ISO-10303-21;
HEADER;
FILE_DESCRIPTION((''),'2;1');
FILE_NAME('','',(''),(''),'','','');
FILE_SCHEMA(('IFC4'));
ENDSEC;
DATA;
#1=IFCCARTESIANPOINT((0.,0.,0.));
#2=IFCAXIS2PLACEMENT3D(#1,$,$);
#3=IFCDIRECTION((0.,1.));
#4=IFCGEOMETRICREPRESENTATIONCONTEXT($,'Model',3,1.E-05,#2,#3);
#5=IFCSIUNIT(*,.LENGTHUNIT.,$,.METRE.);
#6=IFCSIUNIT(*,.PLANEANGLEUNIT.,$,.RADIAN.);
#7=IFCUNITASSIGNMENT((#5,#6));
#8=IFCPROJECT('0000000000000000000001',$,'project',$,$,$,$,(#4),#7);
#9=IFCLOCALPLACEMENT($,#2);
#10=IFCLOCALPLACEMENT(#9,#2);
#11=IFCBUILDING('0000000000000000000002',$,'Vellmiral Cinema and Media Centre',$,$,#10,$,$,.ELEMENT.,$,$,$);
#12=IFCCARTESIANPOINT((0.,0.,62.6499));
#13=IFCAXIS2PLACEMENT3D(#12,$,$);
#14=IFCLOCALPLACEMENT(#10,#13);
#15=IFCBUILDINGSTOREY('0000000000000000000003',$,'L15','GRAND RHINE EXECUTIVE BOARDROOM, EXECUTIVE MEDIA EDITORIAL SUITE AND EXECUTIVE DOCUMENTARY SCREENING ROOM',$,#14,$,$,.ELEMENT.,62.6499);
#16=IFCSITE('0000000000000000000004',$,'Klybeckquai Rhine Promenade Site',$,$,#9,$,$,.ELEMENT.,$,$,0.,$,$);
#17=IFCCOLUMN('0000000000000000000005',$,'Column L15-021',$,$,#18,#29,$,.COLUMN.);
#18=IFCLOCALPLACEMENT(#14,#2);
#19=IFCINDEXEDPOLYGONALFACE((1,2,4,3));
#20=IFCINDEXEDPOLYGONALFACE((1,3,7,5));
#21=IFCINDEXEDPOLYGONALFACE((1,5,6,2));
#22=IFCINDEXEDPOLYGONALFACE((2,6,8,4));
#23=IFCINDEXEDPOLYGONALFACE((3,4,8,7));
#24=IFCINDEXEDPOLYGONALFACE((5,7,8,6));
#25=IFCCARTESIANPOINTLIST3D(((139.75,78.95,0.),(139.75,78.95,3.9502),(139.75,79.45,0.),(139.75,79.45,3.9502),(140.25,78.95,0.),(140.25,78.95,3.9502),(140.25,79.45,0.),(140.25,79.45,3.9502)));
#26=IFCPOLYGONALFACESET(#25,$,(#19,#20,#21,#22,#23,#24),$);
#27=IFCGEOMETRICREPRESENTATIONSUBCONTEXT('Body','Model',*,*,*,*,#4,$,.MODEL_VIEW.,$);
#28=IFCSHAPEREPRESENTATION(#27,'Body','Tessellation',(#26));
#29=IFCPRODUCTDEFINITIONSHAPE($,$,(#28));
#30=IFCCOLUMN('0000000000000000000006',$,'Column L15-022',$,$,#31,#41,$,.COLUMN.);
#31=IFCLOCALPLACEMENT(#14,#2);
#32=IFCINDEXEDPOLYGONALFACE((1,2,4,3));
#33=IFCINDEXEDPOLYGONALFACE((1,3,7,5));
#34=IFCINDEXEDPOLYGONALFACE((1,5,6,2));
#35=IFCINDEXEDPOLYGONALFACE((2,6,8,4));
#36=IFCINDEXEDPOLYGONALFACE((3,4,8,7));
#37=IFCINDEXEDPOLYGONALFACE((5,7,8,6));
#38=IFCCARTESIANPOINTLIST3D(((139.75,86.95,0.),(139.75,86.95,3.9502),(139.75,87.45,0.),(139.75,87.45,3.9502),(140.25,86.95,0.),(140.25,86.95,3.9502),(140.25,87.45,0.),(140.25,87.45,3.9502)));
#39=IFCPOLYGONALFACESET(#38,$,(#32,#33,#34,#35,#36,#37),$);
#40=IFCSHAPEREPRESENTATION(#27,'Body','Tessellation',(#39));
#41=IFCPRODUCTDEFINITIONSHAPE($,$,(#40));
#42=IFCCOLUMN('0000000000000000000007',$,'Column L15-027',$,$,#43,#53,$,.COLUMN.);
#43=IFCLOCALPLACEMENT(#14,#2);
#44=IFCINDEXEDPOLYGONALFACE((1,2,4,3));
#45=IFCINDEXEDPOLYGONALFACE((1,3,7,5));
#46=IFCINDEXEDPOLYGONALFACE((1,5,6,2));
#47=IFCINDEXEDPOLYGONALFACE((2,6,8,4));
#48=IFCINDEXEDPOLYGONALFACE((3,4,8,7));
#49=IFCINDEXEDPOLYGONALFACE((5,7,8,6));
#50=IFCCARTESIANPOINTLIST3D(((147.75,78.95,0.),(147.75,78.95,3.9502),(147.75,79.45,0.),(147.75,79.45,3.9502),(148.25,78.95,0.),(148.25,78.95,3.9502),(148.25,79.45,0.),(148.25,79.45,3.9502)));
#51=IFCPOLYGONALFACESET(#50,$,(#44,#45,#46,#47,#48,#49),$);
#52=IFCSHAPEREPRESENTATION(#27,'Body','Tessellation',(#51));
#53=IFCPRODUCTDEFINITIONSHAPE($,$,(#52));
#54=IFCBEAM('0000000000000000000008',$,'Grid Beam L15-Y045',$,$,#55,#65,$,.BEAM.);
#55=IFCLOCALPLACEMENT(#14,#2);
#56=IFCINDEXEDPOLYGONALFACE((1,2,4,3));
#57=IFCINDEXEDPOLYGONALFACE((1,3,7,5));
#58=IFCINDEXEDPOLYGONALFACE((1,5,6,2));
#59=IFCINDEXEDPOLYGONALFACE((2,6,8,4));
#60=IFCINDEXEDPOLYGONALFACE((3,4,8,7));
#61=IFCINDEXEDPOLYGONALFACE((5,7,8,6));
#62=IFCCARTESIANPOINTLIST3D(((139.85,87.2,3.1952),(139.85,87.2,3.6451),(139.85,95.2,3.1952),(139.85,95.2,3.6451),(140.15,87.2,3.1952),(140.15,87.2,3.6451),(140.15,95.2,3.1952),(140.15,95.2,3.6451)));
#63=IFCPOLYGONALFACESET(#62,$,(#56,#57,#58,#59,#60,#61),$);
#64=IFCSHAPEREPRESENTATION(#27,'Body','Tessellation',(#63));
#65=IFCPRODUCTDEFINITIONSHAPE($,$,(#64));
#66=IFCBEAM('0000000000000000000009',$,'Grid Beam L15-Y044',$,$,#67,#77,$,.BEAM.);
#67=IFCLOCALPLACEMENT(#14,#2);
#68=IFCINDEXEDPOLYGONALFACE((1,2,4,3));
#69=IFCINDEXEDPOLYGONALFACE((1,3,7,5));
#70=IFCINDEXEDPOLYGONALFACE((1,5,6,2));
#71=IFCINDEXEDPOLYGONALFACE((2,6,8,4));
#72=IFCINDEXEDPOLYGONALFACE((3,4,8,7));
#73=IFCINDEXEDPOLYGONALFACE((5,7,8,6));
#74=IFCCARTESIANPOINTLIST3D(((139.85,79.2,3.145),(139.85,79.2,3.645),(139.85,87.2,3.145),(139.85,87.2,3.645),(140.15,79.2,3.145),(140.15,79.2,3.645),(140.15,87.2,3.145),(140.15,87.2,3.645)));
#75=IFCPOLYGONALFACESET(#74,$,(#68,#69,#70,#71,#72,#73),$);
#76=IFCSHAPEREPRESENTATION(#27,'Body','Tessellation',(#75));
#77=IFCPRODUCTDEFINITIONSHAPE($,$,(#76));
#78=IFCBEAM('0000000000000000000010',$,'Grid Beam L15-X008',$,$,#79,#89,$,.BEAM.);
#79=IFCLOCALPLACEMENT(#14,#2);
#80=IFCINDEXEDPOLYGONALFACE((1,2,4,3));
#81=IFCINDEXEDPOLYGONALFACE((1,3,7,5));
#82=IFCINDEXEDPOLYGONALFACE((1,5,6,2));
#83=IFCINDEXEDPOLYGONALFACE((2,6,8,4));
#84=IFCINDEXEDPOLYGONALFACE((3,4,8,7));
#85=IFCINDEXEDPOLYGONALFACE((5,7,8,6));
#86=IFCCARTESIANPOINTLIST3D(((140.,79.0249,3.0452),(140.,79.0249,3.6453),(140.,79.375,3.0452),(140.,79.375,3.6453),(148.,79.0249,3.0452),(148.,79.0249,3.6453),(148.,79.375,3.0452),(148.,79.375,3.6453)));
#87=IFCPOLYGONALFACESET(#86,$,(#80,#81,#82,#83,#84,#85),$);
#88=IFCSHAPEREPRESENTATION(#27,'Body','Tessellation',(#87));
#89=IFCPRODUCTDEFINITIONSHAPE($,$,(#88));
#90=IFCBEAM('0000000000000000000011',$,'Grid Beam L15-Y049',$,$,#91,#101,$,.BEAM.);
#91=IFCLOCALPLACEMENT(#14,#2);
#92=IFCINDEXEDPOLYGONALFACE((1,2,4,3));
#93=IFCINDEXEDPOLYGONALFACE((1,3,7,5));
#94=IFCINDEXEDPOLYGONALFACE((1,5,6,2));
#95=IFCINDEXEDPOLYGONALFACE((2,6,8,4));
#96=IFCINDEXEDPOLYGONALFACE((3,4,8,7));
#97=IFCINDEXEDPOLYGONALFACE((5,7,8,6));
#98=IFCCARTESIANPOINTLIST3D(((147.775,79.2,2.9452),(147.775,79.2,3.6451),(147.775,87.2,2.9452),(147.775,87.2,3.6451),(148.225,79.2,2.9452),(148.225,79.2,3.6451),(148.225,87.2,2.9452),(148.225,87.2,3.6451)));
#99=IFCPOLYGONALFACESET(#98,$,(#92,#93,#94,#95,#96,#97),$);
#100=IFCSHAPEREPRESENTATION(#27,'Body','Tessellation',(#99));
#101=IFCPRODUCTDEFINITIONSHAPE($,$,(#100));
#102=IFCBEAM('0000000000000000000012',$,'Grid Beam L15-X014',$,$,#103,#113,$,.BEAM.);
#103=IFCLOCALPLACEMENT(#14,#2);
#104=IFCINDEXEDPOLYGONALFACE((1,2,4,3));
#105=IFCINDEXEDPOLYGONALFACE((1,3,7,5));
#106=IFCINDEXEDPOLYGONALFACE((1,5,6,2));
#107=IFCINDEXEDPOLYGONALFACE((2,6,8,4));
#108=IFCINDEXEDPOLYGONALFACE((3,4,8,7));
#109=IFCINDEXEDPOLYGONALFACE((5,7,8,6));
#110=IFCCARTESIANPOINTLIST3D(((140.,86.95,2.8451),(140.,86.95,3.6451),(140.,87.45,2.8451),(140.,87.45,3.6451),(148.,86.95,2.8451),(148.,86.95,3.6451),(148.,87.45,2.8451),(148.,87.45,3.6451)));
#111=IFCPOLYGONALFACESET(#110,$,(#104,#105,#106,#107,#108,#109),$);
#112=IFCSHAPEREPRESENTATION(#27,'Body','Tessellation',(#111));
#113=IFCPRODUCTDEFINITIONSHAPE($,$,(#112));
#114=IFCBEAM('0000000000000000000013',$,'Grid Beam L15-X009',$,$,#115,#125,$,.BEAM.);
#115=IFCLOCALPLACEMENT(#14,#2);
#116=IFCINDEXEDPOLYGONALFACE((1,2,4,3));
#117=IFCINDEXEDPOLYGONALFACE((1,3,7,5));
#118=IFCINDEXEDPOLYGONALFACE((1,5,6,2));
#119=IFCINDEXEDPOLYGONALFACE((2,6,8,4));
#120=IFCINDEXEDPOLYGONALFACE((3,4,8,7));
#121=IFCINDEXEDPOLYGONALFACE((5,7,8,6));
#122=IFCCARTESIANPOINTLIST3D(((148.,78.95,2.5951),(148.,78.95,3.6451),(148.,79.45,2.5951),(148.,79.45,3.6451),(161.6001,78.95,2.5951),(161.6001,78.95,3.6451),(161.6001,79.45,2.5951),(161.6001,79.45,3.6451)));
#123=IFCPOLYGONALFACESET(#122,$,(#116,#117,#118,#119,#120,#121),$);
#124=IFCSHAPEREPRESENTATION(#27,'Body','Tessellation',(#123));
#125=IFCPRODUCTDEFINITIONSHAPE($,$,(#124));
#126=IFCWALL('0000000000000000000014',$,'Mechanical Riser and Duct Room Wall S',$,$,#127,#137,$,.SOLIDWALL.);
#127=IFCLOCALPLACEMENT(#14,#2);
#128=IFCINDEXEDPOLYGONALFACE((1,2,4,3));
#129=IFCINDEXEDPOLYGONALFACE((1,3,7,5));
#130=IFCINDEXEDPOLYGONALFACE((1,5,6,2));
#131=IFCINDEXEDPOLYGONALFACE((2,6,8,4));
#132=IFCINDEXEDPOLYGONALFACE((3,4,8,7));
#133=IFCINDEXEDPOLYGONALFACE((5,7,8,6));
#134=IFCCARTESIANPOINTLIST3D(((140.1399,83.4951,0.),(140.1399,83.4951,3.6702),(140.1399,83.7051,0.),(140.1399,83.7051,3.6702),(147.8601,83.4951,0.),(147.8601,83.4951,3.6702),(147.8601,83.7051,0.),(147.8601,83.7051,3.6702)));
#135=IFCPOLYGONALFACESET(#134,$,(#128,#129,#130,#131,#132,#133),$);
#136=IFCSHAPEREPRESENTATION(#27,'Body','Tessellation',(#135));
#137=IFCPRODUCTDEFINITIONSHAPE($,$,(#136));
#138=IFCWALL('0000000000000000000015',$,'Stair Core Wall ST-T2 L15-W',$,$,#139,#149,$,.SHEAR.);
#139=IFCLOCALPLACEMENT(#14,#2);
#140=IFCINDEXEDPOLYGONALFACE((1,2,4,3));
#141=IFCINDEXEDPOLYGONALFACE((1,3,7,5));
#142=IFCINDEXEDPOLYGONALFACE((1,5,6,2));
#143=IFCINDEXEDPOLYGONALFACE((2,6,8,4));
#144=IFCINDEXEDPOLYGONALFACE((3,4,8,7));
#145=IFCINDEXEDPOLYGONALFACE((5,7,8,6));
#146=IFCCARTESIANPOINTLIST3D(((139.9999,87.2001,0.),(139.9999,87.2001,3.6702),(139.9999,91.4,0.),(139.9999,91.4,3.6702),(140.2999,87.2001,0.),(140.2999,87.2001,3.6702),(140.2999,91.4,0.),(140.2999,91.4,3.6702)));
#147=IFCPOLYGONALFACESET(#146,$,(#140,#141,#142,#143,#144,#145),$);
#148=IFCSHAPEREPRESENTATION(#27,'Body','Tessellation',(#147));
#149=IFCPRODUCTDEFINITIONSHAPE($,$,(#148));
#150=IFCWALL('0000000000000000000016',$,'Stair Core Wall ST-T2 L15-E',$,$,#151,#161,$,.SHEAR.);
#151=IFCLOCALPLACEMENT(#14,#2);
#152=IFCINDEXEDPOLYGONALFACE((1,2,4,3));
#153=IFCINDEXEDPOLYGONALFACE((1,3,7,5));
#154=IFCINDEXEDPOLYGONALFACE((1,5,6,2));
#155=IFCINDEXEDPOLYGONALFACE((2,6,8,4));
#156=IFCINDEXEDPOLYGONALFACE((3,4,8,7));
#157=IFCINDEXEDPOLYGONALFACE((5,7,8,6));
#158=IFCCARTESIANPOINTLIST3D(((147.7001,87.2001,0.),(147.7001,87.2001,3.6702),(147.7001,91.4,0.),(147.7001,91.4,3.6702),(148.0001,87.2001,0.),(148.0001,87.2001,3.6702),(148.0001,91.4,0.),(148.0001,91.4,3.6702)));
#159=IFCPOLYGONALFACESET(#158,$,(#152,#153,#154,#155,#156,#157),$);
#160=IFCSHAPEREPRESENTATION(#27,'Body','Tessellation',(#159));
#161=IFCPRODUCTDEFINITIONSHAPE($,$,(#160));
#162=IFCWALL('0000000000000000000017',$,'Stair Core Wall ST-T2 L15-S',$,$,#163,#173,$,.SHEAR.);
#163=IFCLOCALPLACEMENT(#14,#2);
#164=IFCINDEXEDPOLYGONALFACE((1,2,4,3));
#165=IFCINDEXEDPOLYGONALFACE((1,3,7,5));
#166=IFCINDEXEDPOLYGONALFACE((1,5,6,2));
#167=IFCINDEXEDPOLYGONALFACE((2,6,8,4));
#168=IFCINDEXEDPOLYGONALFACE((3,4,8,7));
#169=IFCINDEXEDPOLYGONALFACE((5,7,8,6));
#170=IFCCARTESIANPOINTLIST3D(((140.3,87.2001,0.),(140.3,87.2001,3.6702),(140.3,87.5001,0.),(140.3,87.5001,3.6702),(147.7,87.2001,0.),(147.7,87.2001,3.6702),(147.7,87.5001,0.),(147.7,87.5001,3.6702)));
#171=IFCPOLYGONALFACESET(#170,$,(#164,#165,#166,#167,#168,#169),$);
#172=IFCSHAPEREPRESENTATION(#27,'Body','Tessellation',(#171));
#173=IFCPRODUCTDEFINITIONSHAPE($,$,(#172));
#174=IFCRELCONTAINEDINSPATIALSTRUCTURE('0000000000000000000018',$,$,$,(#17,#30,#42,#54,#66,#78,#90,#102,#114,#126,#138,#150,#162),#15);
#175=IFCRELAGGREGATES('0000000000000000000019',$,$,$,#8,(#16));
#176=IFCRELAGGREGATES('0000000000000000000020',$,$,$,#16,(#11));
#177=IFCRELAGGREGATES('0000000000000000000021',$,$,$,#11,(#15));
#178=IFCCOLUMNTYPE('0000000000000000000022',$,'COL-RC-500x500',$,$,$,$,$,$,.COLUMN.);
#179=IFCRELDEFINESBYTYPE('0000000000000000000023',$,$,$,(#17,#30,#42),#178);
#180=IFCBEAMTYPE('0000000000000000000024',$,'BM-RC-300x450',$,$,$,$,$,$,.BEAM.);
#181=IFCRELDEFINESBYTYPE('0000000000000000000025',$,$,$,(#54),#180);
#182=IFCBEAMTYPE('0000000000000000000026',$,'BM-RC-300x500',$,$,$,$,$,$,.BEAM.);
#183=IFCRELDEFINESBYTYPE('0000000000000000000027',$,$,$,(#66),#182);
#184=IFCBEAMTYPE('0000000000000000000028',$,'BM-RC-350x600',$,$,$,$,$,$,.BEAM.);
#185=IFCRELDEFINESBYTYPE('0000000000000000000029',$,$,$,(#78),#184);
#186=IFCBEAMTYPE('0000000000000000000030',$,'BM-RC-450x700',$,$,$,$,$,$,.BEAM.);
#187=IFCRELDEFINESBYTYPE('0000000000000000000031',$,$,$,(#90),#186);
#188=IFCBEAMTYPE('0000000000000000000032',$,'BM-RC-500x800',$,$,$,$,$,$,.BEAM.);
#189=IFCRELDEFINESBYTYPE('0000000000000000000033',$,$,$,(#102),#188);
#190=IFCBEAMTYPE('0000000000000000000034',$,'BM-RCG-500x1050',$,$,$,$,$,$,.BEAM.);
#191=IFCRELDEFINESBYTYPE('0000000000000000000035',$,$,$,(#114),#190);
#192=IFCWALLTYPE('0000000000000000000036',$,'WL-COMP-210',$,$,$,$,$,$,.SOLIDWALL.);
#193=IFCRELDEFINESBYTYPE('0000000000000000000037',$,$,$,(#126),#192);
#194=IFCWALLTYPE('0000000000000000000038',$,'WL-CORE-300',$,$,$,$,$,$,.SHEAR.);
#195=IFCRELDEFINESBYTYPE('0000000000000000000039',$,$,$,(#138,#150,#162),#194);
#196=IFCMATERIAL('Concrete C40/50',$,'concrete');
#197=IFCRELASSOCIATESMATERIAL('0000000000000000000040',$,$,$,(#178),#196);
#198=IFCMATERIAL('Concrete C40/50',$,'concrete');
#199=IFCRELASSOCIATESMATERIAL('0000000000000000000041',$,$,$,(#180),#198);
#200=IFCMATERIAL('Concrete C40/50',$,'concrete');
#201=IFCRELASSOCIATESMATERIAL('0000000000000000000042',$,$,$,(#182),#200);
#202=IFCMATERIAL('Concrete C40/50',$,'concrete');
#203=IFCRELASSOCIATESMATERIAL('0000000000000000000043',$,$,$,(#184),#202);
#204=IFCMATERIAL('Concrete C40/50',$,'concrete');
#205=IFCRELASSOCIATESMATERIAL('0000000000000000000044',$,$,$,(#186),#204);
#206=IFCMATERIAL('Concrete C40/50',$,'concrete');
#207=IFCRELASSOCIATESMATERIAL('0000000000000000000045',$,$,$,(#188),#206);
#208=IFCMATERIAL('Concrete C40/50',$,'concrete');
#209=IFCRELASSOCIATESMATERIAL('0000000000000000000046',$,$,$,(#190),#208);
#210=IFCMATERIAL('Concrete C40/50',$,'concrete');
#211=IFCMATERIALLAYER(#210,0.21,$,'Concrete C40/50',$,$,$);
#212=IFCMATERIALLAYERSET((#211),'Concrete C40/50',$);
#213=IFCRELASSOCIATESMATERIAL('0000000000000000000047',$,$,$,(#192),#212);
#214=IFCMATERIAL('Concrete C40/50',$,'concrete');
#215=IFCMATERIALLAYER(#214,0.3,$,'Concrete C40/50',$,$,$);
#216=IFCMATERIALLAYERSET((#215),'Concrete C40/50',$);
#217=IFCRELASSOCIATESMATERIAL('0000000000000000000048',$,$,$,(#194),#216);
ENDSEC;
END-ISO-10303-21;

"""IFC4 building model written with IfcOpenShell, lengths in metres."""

from ifc_helpers import new_model, si_unit, direction, frame, frame_2d, origin, origin_2d, place, context, subcontext, project, spatial, rectangle, extrude, material, layer, layer_set, material_profile, profile_set, type_object, element, save


model = new_model("IFC4")

# Units and contexts
model_context = context("Model", 3, precision=1e-05, world=origin(), true_north=direction((0.0, 1.0)))
body_context = subcontext(model_context, "Body", "Model", "MODEL_VIEW")
ifc_project = project(units=[si_unit("LENGTHUNIT", "METRE"), si_unit("PLANEANGLEUNIT", "RADIAN")], contexts=[model_context])

# Site, building, storey
site_placement = place(None, origin())
site = spatial("IfcSite", under=ifc_project, at=site_placement, Name="Klybeckquai Rhine Promenade Site", CompositionType="ELEMENT", RefElevation=0.0)
building_placement = place(site_placement, origin())
building = spatial("IfcBuilding", under=site, at=building_placement, Name="Vellmiral Cinema and Media Centre", CompositionType="ELEMENT")
storey_placement = place(building_placement, frame((0.0, 0.0, 62.6499)))
storey = spatial("IfcBuildingStorey", under=building, at=storey_placement, Name="L15", Description="GRAND RHINE EXECUTIVE BOARDROOM, EXECUTIVE MEDIA EDITORIAL SUITE AND EXECUTIVE DOCUMENTARY SCREENING ROOM", CompositionType="ELEMENT", Elevation=62.6499)

# Columns
ifc_material_1 = material(Name="Concrete C40/50", Category="concrete")
ifc_material_profile_1 = material_profile(ifc_material_1, rectangle(XDim=0.5, YDim=0.5, at=origin_2d()), Name="RC 500x500")
ifc_profile_set_1 = profile_set([ifc_material_profile_1], Name="Concrete C40/50")
column_type = type_object("IfcColumnType", Name="COL-RC-500x500", PredefinedType="COLUMN", material=ifc_profile_set_1)
for number, where, z_axis, x_axis, name in (
    (1, (140.0, 79.2, 0.0), (0.0, 0.0, 1.0), (1.0, 0.0, 0.0), "Column L15-021"),
    (2, (140.0, 87.2, 0.0), (0.0, 0.0, 1.0), (1.0, 0.0, 0.0), "Column L15-022"),
    (3, (148.0, 79.2, 0.0), (0.0, 0.0, 1.0), (1.0, 0.0, 0.0), "Column L15-027"),
):
    element("IfcColumn", number, at=place(storey_placement, frame(where, z_axis=z_axis, x_axis=x_axis)), inside=storey, type_object=column_type, Name=name, PredefinedType="COLUMN", context=body_context, shape_type="SweptSolid", body=[
        extrude(rectangle(XDim=0.5, YDim=0.5, at=origin_2d()), origin(), (0.0, 0.0, 1.0), 3.9502),
    ])

# Beams
ifc_material_2 = material(Name="Concrete C40/50", Category="concrete")
ifc_material_profile_2 = material_profile(ifc_material_2, rectangle(XDim=0.3, YDim=0.45, at=origin_2d()), Name="RC 300x450")
ifc_profile_set_2 = profile_set([ifc_material_profile_2], Name="Concrete C40/50")
beam_type_1 = type_object("IfcBeamType", Name="BM-RC-300x450", PredefinedType="BEAM", material=ifc_profile_set_2)
beam_1_placement = place(storey_placement, frame((140.0, 87.2, 3.4202), z_axis=(0.0, 1.0, 0.0), x_axis=(-1.0, 0.0, 0.0)))
element("IfcBeam", 4, at=beam_1_placement, inside=storey, type_object=beam_type_1, Name="Grid Beam L15-Y045", PredefinedType="BEAM", context=body_context, shape_type="SweptSolid", body=[
    extrude(rectangle(XDim=0.3, YDim=0.45, at=origin_2d()), origin(), (0.0, 0.0, 1.0), 8.0),
])
ifc_material_3 = material(Name="Concrete C40/50", Category="concrete")
ifc_material_profile_3 = material_profile(ifc_material_3, rectangle(XDim=0.3, YDim=0.5, at=origin_2d()), Name="RC 300x500")
ifc_profile_set_3 = profile_set([ifc_material_profile_3], Name="Concrete C40/50")
beam_type_2 = type_object("IfcBeamType", Name="BM-RC-300x500", PredefinedType="BEAM", material=ifc_profile_set_3)
beam_2_placement = place(storey_placement, frame((140.0, 79.2, 3.395), z_axis=(0.0, 1.0, 0.0), x_axis=(-1.0, 0.0, 0.0)))
element("IfcBeam", 5, at=beam_2_placement, inside=storey, type_object=beam_type_2, Name="Grid Beam L15-Y044", PredefinedType="BEAM", context=body_context, shape_type="SweptSolid", body=[
    extrude(rectangle(XDim=0.3, YDim=0.5, at=origin_2d()), origin(), (0.0, 0.0, 1.0), 8.0),
])
ifc_material_4 = material(Name="Concrete C40/50", Category="concrete")
ifc_material_profile_4 = material_profile(ifc_material_4, rectangle(XDim=0.3501, YDim=0.6001, at=origin_2d()), Name="RC 350x600")
ifc_profile_set_4 = profile_set([ifc_material_profile_4], Name="Concrete C40/50")
beam_type_3 = type_object("IfcBeamType", Name="BM-RC-350x600", PredefinedType="BEAM", material=ifc_profile_set_4)
beam_3_placement = place(storey_placement, frame((140.0, 79.2, 3.3452), z_axis=(1.0, 0.0, 0.0), x_axis=(0.0, 1.0, 0.0)))
element("IfcBeam", 6, at=beam_3_placement, inside=storey, type_object=beam_type_3, Name="Grid Beam L15-X008", PredefinedType="BEAM", context=body_context, shape_type="SweptSolid", body=[
    extrude(rectangle(XDim=0.3501, YDim=0.6001, at=origin_2d()), origin(), (0.0, 0.0, 1.0), 8.0),
])
ifc_material_5 = material(Name="Concrete C40/50", Category="concrete")
ifc_material_profile_5 = material_profile(ifc_material_5, rectangle(XDim=0.45, YDim=0.7, at=origin_2d()), Name="RC 450x700")
ifc_profile_set_5 = profile_set([ifc_material_profile_5], Name="Concrete C40/50")
beam_type_4 = type_object("IfcBeamType", Name="BM-RC-450x700", PredefinedType="BEAM", material=ifc_profile_set_5)
beam_4_placement = place(storey_placement, frame((148.0, 79.2, 3.2952), z_axis=(0.0, 1.0, 0.0), x_axis=(-1.0, 0.0, 0.0)))
element("IfcBeam", 7, at=beam_4_placement, inside=storey, type_object=beam_type_4, Name="Grid Beam L15-Y049", PredefinedType="BEAM", context=body_context, shape_type="SweptSolid", body=[
    extrude(rectangle(XDim=0.45, YDim=0.7, at=origin_2d()), origin(), (0.0, 0.0, 1.0), 8.0),
])
ifc_material_6 = material(Name="Concrete C40/50", Category="concrete")
ifc_material_profile_6 = material_profile(ifc_material_6, rectangle(XDim=0.5, YDim=0.8, at=origin_2d()), Name="RC 500x800")
ifc_profile_set_6 = profile_set([ifc_material_profile_6], Name="Concrete C40/50")
beam_type_5 = type_object("IfcBeamType", Name="BM-RC-500x800", PredefinedType="BEAM", material=ifc_profile_set_6)
beam_5_placement = place(storey_placement, frame((140.0, 87.2, 3.2451), z_axis=(1.0, 0.0, 0.0), x_axis=(0.0, 1.0, 0.0)))
element("IfcBeam", 8, at=beam_5_placement, inside=storey, type_object=beam_type_5, Name="Grid Beam L15-X014", PredefinedType="BEAM", context=body_context, shape_type="SweptSolid", body=[
    extrude(rectangle(XDim=0.5, YDim=0.8, at=origin_2d()), origin(), (0.0, 0.0, 1.0), 8.0),
])
ifc_material_7 = material(Name="Concrete C40/50", Category="concrete")
ifc_material_profile_7 = material_profile(ifc_material_7, rectangle(XDim=0.5, YDim=1.05, at=origin_2d()), Name="RC 500x1050")
ifc_profile_set_7 = profile_set([ifc_material_profile_7], Name="Concrete C40/50")
beam_type_6 = type_object("IfcBeamType", Name="BM-RCG-500x1050", PredefinedType="BEAM", material=ifc_profile_set_7)
beam_6_placement = place(storey_placement, frame((148.0, 79.2, 3.1201), z_axis=(1.0, 0.0, 0.0), x_axis=(0.0, 1.0, 0.0)))
element("IfcBeam", 9, at=beam_6_placement, inside=storey, type_object=beam_type_6, Name="Grid Beam L15-X009", PredefinedType="BEAM", context=body_context, shape_type="SweptSolid", body=[
    extrude(rectangle(XDim=0.5, YDim=1.05, at=origin_2d()), origin(), (0.0, 0.0, 1.0), 13.6001),
])

# Walls
ifc_material_8 = material(Name="Concrete C40/50", Category="concrete")
ifc_layer_1 = layer(ifc_material_8, 0.21, Name="Concrete C40/50")
ifc_layer_set_1 = layer_set([ifc_layer_1], Name="Concrete C40/50")
wall_type_1 = type_object("IfcWallType", Name="WL-COMP-210", PredefinedType="SOLIDWALL", material=ifc_layer_set_1)
wall_1_placement = place(storey_placement, frame((140.1399, 83.6001, 0.0), z_axis=(0.0, 0.0, 1.0), x_axis=(1.0, 0.0, 0.0)))
element("IfcWall", 10, at=wall_1_placement, inside=storey, type_object=wall_type_1, Name="Mechanical Riser and Duct Room Wall S", PredefinedType="SOLIDWALL", context=body_context, shape_type="SweptSolid", body=[
    extrude(rectangle(XDim=7.7202, YDim=0.21, at=frame_2d((3.8601, 0.0))), origin(), (0.0, 0.0, 1.0), 3.6702),
])
ifc_material_9 = material(Name="Concrete C40/50", Category="concrete")
ifc_layer_2 = layer(ifc_material_9, 0.3, Name="Concrete C40/50")
ifc_layer_set_2 = layer_set([ifc_layer_2], Name="Concrete C40/50")
wall_type_2 = type_object("IfcWallType", Name="WL-CORE-300", PredefinedType="SHEAR", material=ifc_layer_set_2)
for number, where, z_axis, x_axis, name in (
    (11, (140.1499, 87.2, 0.0), (0.0, 0.0, 1.0), (0.0, 1.0, 0.0), "Stair Core Wall ST-T2 L15-W"),
    (12, (147.8501, 87.2, 0.0), (0.0, 0.0, 1.0), (0.0, 1.0, 0.0), "Stair Core Wall ST-T2 L15-E"),
):
    element("IfcWall", number, at=place(storey_placement, frame(where, z_axis=z_axis, x_axis=x_axis)), inside=storey, type_object=wall_type_2, Name=name, PredefinedType="SHEAR", context=body_context, shape_type="SweptSolid", body=[
        extrude(rectangle(XDim=4.2, YDim=0.3, at=frame_2d((2.1001, 0.0))), origin(), (0.0, 0.0, 1.0), 3.6702),
    ])
wall_2_placement = place(storey_placement, frame((140.3, 87.3501, 0.0), z_axis=(0.0, 0.0, 1.0), x_axis=(1.0, 0.0, 0.0)))
element("IfcWall", 13, at=wall_2_placement, inside=storey, type_object=wall_type_2, Name="Stair Core Wall ST-T2 L15-S", PredefinedType="SHEAR", context=body_context, shape_type="SweptSolid", body=[
    extrude(rectangle(XDim=7.3999, YDim=0.3, at=frame_2d((3.7, 0.0))), origin(), (0.0, 0.0, 1.0), 3.6702),
])

save(model, "model.ifc")
